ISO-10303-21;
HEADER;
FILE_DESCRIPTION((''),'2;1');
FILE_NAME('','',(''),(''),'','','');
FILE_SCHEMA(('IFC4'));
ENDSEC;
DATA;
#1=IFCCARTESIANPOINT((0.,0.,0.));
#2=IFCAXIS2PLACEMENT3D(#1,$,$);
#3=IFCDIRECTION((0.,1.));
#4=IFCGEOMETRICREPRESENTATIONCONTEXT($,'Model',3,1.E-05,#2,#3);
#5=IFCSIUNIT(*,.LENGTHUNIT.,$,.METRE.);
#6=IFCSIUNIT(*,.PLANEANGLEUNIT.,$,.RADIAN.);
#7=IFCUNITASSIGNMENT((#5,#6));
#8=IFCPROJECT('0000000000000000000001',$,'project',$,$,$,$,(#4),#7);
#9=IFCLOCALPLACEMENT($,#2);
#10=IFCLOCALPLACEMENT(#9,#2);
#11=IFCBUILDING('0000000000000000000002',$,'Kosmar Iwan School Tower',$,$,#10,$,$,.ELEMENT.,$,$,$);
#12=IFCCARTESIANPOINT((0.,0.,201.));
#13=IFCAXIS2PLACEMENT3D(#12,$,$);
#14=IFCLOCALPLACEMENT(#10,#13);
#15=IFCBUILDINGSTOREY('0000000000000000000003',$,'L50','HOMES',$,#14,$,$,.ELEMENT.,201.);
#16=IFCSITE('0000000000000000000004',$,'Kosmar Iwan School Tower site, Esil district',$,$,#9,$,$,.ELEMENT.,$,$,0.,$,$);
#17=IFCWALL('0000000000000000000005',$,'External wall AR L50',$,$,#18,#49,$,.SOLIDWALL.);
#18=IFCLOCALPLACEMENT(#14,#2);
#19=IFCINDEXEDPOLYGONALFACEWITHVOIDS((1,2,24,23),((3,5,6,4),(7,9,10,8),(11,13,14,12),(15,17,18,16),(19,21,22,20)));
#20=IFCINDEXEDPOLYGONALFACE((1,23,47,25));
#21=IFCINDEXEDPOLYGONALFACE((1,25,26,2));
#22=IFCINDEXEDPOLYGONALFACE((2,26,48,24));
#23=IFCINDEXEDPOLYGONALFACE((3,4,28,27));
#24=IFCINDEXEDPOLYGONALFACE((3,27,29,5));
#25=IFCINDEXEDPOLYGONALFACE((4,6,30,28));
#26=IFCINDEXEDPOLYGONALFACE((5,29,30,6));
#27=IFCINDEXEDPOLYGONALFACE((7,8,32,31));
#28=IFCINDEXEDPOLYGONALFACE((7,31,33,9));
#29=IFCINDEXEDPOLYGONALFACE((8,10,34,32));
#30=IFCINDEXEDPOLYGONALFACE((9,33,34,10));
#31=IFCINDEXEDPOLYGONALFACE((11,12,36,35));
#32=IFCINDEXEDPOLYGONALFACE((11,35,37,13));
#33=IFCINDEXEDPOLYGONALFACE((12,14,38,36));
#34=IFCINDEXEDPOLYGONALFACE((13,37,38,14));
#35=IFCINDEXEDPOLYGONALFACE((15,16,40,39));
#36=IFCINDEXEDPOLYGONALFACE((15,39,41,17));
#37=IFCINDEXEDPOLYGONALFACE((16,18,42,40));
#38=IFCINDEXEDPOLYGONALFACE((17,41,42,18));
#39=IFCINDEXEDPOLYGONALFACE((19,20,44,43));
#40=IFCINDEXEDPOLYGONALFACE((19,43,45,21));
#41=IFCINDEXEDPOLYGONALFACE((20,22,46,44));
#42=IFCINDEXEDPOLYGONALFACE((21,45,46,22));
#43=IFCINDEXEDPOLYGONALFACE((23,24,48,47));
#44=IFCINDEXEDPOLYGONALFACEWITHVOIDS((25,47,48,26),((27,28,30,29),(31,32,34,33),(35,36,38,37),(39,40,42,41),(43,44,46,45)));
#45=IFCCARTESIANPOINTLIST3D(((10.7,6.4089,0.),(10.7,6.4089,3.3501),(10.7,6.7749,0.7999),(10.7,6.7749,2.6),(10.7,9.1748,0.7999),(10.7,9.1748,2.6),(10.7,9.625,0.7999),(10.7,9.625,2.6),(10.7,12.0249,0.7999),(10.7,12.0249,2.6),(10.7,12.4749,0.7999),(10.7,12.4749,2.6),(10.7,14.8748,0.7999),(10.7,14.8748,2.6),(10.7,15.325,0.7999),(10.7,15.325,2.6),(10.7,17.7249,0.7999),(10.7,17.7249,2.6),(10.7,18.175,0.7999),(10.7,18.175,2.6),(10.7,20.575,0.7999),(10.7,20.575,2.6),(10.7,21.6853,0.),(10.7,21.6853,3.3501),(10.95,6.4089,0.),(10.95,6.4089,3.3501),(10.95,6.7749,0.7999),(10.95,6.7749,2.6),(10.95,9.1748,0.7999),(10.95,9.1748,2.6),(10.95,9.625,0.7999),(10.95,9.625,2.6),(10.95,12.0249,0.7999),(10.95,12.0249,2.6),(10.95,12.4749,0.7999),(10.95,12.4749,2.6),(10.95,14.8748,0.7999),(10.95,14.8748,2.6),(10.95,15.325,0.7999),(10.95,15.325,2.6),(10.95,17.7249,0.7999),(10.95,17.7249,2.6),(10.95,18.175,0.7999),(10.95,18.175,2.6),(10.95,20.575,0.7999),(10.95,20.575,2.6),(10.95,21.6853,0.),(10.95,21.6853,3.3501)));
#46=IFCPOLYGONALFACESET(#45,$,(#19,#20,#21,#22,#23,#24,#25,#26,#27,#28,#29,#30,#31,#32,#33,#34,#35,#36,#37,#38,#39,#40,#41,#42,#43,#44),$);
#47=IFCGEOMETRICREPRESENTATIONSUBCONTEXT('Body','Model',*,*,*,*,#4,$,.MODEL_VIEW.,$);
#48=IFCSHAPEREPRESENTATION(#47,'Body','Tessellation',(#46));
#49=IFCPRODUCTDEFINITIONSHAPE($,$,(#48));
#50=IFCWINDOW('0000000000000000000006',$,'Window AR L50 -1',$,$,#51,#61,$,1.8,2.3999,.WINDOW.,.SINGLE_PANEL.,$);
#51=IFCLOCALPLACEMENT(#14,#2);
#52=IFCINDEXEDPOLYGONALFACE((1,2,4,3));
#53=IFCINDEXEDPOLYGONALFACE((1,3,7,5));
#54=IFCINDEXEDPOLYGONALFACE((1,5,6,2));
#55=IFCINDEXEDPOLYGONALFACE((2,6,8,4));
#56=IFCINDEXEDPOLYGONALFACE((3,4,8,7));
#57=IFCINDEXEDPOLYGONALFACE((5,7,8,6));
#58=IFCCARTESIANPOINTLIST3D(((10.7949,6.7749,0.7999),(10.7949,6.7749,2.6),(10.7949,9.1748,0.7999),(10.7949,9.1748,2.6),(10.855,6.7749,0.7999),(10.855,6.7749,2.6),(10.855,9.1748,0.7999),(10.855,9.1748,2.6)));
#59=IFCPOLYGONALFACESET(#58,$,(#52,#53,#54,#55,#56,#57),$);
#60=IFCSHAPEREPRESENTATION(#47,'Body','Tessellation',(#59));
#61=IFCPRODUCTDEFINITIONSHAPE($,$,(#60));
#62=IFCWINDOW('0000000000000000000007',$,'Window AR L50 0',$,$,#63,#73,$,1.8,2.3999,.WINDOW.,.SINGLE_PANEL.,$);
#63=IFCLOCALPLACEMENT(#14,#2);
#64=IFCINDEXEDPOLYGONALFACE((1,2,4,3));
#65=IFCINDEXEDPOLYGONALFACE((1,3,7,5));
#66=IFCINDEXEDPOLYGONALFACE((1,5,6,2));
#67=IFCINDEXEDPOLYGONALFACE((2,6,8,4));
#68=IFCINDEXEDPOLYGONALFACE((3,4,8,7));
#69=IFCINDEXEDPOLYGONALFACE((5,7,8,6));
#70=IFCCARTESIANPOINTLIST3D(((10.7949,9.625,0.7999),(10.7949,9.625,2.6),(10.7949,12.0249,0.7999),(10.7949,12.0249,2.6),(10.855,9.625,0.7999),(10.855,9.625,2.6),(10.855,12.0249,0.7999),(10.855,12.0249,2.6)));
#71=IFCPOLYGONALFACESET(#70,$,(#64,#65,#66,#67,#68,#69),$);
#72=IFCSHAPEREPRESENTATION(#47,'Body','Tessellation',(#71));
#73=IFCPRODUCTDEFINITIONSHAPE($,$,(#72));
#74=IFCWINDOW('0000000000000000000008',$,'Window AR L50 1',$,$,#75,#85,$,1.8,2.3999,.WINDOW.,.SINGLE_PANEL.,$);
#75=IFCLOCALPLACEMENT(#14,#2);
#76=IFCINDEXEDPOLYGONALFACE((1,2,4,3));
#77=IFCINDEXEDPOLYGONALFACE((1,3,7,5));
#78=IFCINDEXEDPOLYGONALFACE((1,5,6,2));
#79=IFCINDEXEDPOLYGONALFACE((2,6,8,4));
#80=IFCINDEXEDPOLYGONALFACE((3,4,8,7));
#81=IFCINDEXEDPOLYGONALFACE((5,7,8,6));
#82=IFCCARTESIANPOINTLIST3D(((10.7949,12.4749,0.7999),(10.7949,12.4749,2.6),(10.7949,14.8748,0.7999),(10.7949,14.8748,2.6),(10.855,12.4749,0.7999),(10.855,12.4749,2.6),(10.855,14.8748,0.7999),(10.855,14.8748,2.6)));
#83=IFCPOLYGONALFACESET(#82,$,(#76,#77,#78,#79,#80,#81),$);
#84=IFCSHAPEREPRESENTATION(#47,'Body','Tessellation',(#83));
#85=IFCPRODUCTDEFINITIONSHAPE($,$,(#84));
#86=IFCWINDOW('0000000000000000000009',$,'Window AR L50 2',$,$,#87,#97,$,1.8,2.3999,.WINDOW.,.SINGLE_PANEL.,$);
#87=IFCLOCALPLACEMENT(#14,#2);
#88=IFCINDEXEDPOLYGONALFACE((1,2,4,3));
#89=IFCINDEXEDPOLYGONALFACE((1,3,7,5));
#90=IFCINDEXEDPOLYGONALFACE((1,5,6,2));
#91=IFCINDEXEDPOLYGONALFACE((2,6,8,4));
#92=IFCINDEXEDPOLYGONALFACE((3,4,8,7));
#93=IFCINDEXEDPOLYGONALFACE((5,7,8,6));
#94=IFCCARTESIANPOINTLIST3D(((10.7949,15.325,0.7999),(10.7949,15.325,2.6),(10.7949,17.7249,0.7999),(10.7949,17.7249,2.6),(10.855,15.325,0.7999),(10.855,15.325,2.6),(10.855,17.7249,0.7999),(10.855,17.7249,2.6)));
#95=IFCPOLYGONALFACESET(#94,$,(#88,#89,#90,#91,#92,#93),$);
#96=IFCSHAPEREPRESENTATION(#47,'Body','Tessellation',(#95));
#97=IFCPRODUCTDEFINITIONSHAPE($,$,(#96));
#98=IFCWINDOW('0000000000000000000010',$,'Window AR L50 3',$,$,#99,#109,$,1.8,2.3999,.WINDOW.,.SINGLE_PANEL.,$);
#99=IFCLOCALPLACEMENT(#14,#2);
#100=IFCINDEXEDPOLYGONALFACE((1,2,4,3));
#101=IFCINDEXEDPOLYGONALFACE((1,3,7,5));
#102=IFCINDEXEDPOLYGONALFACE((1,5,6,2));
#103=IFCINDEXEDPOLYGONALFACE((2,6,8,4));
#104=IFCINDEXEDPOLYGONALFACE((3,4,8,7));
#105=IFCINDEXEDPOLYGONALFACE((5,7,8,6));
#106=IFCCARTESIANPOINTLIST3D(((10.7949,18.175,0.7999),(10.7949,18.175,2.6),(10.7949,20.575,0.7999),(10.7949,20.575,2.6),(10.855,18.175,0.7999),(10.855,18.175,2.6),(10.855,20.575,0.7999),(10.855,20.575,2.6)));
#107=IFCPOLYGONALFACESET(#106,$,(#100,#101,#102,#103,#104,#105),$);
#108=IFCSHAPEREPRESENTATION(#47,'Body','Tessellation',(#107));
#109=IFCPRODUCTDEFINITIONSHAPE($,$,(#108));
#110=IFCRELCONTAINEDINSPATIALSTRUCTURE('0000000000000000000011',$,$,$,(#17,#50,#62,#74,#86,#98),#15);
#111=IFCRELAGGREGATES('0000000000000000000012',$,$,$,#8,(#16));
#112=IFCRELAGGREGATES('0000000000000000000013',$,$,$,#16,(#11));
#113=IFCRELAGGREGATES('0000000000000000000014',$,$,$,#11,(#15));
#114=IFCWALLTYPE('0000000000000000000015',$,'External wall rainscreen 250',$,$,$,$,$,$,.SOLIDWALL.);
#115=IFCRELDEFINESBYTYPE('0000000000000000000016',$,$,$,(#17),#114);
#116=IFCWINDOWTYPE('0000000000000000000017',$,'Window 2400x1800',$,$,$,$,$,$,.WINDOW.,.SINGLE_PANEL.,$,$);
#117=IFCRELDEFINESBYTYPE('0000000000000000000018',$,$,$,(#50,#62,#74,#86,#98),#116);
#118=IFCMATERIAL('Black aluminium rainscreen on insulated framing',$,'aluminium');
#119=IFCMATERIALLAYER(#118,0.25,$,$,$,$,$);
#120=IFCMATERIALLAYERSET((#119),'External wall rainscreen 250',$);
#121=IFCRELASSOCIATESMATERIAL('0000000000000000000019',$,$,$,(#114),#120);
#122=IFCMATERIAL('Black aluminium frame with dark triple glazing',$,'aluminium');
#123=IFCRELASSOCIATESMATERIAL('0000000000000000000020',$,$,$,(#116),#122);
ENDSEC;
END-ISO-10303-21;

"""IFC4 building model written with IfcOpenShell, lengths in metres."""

from ifc_helpers import new_model, si_unit, direction, frame, frame_2d, origin, place, context, subcontext, project, spatial, rectangle, extrude, material, layer, layer_set, type_object, element, fill, save


model = new_model("IFC4")

# Units and contexts
model_context = context("Model", 3, precision=1e-05, world=origin(), true_north=direction((0.0, 1.0)))
body_context = subcontext(model_context, "Body", "Model", "MODEL_VIEW")
ifc_project = project(units=[si_unit("LENGTHUNIT", "METRE"), si_unit("PLANEANGLEUNIT", "RADIAN")], contexts=[model_context])

# Site, building, storey
site_placement = place(None, origin())
site = spatial("IfcSite", under=ifc_project, at=site_placement, Name="Kosmar Iwan School Tower site, Esil district", CompositionType="ELEMENT", RefElevation=0.0)
building_placement = place(site_placement, origin())
building = spatial("IfcBuilding", under=site, at=building_placement, Name="Kosmar Iwan School Tower", CompositionType="ELEMENT")
storey_placement = place(building_placement, frame((0.0, 0.0, 201.0)))
storey = spatial("IfcBuildingStorey", under=building, at=storey_placement, Name="L50", Description="HOMES", CompositionType="ELEMENT", Elevation=201.0)

# Wall, openings, windows
ifc_material_1 = material(Name="Black aluminium rainscreen on insulated framing", Category="aluminium")
ifc_layer_1 = layer(ifc_material_1, 0.25)
ifc_layer_set_1 = layer_set([ifc_layer_1], Name="External wall rainscreen 250")
wall_type_1 = type_object("IfcWallType", Name="External wall rainscreen 250", PredefinedType="SOLIDWALL", material=ifc_layer_set_1)
ifc_material_2 = material(Name="Black aluminium frame with dark triple glazing", Category="aluminium")
window_type = type_object("IfcWindowType", Name="Window 2400x1800", PartitioningType="SINGLE_PANEL", PredefinedType="WINDOW", material=ifc_material_2)
wall_1_placement = place(storey_placement, frame((10.825, 6.4089, 0.0), z_axis=(0.0, 0.0, 1.0), x_axis=(0.0, 1.0, 0.0)))
wall_1 = element("IfcWall", 1, at=wall_1_placement, inside=storey, type_object=wall_type_1, Name="External wall AR L50", PredefinedType="SOLIDWALL", context=body_context, shape_type="SweptSolid", body=[
    extrude(rectangle(XDim=15.2764, YDim=0.25, at=frame_2d((7.6382, 0.0))), origin(), (0.0, 0.0, 1.0), 3.3501),
])
opening_1_placement = place(wall_1_placement, frame((0.366, 0.0, 0.8)))
opening_1 = element("IfcOpeningElement", 2, at=opening_1_placement, cuts=wall_1, PredefinedType="OPENING", context=body_context, shape_type="SweptSolid", body=[
    extrude(rectangle(XDim=2.3999, YDim=1.8, at=frame_2d((1.2, 0.8999))), frame((0.0, 0.137, 0.0), z_axis=(0.0, -1.0, 0.0), x_axis=(1.0, 0.0, 0.0)), (0.0, 0.0, 1.0), 0.2739),
])
opening_2_placement = place(wall_1_placement, frame((3.2161, 0.0, 0.8)))
opening_2 = element("IfcOpeningElement", 3, at=opening_2_placement, cuts=wall_1, PredefinedType="OPENING", context=body_context, shape_type="SweptSolid", body=[
    extrude(rectangle(XDim=2.3999, YDim=1.8, at=frame_2d((1.2, 0.8999))), frame((0.0, 0.137, 0.0), z_axis=(0.0, -1.0, 0.0), x_axis=(1.0, 0.0, 0.0)), (0.0, 0.0, 1.0), 0.2739),
])
opening_3_placement = place(wall_1_placement, frame((6.0659, 0.0, 0.8)))
opening_3 = element("IfcOpeningElement", 4, at=opening_3_placement, cuts=wall_1, PredefinedType="OPENING", context=body_context, shape_type="SweptSolid", body=[
    extrude(rectangle(XDim=2.3999, YDim=1.8, at=frame_2d((1.2, 0.8999))), frame((0.0, 0.137, 0.0), z_axis=(0.0, -1.0, 0.0), x_axis=(1.0, 0.0, 0.0)), (0.0, 0.0, 1.0), 0.2739),
])
opening_4_placement = place(wall_1_placement, frame((8.916, 0.0, 0.8)))
opening_4 = element("IfcOpeningElement", 5, at=opening_4_placement, cuts=wall_1, PredefinedType="OPENING", context=body_context, shape_type="SweptSolid", body=[
    extrude(rectangle(XDim=2.3999, YDim=1.8, at=frame_2d((1.2, 0.8999))), frame((0.0, 0.137, 0.0), z_axis=(0.0, -1.0, 0.0), x_axis=(1.0, 0.0, 0.0)), (0.0, 0.0, 1.0), 0.2739),
])
opening_5_placement = place(wall_1_placement, frame((11.7661, 0.0, 0.8)))
opening_5 = element("IfcOpeningElement", 6, at=opening_5_placement, cuts=wall_1, PredefinedType="OPENING", context=body_context, shape_type="SweptSolid", body=[
    extrude(rectangle(XDim=2.3999, YDim=1.8, at=frame_2d((1.2, 0.8999))), frame((0.0, 0.137, 0.0), z_axis=(0.0, -1.0, 0.0), x_axis=(1.0, 0.0, 0.0)), (0.0, 0.0, 1.0), 0.2739),
])
window_1_placement = place(opening_1_placement, origin())
window_1 = element("IfcWindow", 7, at=window_1_placement, inside=storey, type_object=window_type, Name="Window AR L50 -1", OverallHeight=1.8, OverallWidth=2.3999, PartitioningType="SINGLE_PANEL", PredefinedType="WINDOW", context=body_context, shape_type="SweptSolid", body=[
    extrude(rectangle(XDim=2.3999, YDim=1.8, at=frame_2d((1.2, 0.8999))), frame((0.0, 0.03, 0.0), z_axis=(0.0, -1.0, 0.0), x_axis=(1.0, 0.0, 0.0)), (0.0, 0.0, 1.0), 0.0601),
])
fill(opening_1, window_1)
window_2_placement = place(opening_2_placement, origin())
window_2 = element("IfcWindow", 8, at=window_2_placement, inside=storey, type_object=window_type, Name="Window AR L50 0", OverallHeight=1.8, OverallWidth=2.3999, PartitioningType="SINGLE_PANEL", PredefinedType="WINDOW", context=body_context, shape_type="SweptSolid", body=[
    extrude(rectangle(XDim=2.3999, YDim=1.8, at=frame_2d((1.2, 0.8999))), frame((0.0, 0.03, 0.0), z_axis=(0.0, -1.0, 0.0), x_axis=(1.0, 0.0, 0.0)), (0.0, 0.0, 1.0), 0.0601),
])
fill(opening_2, window_2)
window_3_placement = place(opening_3_placement, origin())
window_3 = element("IfcWindow", 9, at=window_3_placement, inside=storey, type_object=window_type, Name="Window AR L50 1", OverallHeight=1.8, OverallWidth=2.3999, PartitioningType="SINGLE_PANEL", PredefinedType="WINDOW", context=body_context, shape_type="SweptSolid", body=[
    extrude(rectangle(XDim=2.3999, YDim=1.8, at=frame_2d((1.2, 0.8999))), frame((0.0, 0.03, 0.0), z_axis=(0.0, -1.0, 0.0), x_axis=(1.0, 0.0, 0.0)), (0.0, 0.0, 1.0), 0.0601),
])
fill(opening_3, window_3)
window_4_placement = place(opening_4_placement, origin())
window_4 = element("IfcWindow", 10, at=window_4_placement, inside=storey, type_object=window_type, Name="Window AR L50 2", OverallHeight=1.8, OverallWidth=2.3999, PartitioningType="SINGLE_PANEL", PredefinedType="WINDOW", context=body_context, shape_type="SweptSolid", body=[
    extrude(rectangle(XDim=2.3999, YDim=1.8, at=frame_2d((1.2, 0.8999))), frame((0.0, 0.03, 0.0), z_axis=(0.0, -1.0, 0.0), x_axis=(1.0, 0.0, 0.0)), (0.0, 0.0, 1.0), 0.0601),
])
fill(opening_4, window_4)
window_5_placement = place(opening_5_placement, origin())
window_5 = element("IfcWindow", 11, at=window_5_placement, inside=storey, type_object=window_type, Name="Window AR L50 3", OverallHeight=1.8, OverallWidth=2.3999, PartitioningType="SINGLE_PANEL", PredefinedType="WINDOW", context=body_context, shape_type="SweptSolid", body=[
    extrude(rectangle(XDim=2.3999, YDim=1.8, at=frame_2d((1.2, 0.8999))), frame((0.0, 0.03, 0.0), z_axis=(0.0, -1.0, 0.0), x_axis=(1.0, 0.0, 0.0)), (0.0, 0.0, 1.0), 0.0601),
])
fill(opening_5, window_5)

save(model, "model.ifc")
